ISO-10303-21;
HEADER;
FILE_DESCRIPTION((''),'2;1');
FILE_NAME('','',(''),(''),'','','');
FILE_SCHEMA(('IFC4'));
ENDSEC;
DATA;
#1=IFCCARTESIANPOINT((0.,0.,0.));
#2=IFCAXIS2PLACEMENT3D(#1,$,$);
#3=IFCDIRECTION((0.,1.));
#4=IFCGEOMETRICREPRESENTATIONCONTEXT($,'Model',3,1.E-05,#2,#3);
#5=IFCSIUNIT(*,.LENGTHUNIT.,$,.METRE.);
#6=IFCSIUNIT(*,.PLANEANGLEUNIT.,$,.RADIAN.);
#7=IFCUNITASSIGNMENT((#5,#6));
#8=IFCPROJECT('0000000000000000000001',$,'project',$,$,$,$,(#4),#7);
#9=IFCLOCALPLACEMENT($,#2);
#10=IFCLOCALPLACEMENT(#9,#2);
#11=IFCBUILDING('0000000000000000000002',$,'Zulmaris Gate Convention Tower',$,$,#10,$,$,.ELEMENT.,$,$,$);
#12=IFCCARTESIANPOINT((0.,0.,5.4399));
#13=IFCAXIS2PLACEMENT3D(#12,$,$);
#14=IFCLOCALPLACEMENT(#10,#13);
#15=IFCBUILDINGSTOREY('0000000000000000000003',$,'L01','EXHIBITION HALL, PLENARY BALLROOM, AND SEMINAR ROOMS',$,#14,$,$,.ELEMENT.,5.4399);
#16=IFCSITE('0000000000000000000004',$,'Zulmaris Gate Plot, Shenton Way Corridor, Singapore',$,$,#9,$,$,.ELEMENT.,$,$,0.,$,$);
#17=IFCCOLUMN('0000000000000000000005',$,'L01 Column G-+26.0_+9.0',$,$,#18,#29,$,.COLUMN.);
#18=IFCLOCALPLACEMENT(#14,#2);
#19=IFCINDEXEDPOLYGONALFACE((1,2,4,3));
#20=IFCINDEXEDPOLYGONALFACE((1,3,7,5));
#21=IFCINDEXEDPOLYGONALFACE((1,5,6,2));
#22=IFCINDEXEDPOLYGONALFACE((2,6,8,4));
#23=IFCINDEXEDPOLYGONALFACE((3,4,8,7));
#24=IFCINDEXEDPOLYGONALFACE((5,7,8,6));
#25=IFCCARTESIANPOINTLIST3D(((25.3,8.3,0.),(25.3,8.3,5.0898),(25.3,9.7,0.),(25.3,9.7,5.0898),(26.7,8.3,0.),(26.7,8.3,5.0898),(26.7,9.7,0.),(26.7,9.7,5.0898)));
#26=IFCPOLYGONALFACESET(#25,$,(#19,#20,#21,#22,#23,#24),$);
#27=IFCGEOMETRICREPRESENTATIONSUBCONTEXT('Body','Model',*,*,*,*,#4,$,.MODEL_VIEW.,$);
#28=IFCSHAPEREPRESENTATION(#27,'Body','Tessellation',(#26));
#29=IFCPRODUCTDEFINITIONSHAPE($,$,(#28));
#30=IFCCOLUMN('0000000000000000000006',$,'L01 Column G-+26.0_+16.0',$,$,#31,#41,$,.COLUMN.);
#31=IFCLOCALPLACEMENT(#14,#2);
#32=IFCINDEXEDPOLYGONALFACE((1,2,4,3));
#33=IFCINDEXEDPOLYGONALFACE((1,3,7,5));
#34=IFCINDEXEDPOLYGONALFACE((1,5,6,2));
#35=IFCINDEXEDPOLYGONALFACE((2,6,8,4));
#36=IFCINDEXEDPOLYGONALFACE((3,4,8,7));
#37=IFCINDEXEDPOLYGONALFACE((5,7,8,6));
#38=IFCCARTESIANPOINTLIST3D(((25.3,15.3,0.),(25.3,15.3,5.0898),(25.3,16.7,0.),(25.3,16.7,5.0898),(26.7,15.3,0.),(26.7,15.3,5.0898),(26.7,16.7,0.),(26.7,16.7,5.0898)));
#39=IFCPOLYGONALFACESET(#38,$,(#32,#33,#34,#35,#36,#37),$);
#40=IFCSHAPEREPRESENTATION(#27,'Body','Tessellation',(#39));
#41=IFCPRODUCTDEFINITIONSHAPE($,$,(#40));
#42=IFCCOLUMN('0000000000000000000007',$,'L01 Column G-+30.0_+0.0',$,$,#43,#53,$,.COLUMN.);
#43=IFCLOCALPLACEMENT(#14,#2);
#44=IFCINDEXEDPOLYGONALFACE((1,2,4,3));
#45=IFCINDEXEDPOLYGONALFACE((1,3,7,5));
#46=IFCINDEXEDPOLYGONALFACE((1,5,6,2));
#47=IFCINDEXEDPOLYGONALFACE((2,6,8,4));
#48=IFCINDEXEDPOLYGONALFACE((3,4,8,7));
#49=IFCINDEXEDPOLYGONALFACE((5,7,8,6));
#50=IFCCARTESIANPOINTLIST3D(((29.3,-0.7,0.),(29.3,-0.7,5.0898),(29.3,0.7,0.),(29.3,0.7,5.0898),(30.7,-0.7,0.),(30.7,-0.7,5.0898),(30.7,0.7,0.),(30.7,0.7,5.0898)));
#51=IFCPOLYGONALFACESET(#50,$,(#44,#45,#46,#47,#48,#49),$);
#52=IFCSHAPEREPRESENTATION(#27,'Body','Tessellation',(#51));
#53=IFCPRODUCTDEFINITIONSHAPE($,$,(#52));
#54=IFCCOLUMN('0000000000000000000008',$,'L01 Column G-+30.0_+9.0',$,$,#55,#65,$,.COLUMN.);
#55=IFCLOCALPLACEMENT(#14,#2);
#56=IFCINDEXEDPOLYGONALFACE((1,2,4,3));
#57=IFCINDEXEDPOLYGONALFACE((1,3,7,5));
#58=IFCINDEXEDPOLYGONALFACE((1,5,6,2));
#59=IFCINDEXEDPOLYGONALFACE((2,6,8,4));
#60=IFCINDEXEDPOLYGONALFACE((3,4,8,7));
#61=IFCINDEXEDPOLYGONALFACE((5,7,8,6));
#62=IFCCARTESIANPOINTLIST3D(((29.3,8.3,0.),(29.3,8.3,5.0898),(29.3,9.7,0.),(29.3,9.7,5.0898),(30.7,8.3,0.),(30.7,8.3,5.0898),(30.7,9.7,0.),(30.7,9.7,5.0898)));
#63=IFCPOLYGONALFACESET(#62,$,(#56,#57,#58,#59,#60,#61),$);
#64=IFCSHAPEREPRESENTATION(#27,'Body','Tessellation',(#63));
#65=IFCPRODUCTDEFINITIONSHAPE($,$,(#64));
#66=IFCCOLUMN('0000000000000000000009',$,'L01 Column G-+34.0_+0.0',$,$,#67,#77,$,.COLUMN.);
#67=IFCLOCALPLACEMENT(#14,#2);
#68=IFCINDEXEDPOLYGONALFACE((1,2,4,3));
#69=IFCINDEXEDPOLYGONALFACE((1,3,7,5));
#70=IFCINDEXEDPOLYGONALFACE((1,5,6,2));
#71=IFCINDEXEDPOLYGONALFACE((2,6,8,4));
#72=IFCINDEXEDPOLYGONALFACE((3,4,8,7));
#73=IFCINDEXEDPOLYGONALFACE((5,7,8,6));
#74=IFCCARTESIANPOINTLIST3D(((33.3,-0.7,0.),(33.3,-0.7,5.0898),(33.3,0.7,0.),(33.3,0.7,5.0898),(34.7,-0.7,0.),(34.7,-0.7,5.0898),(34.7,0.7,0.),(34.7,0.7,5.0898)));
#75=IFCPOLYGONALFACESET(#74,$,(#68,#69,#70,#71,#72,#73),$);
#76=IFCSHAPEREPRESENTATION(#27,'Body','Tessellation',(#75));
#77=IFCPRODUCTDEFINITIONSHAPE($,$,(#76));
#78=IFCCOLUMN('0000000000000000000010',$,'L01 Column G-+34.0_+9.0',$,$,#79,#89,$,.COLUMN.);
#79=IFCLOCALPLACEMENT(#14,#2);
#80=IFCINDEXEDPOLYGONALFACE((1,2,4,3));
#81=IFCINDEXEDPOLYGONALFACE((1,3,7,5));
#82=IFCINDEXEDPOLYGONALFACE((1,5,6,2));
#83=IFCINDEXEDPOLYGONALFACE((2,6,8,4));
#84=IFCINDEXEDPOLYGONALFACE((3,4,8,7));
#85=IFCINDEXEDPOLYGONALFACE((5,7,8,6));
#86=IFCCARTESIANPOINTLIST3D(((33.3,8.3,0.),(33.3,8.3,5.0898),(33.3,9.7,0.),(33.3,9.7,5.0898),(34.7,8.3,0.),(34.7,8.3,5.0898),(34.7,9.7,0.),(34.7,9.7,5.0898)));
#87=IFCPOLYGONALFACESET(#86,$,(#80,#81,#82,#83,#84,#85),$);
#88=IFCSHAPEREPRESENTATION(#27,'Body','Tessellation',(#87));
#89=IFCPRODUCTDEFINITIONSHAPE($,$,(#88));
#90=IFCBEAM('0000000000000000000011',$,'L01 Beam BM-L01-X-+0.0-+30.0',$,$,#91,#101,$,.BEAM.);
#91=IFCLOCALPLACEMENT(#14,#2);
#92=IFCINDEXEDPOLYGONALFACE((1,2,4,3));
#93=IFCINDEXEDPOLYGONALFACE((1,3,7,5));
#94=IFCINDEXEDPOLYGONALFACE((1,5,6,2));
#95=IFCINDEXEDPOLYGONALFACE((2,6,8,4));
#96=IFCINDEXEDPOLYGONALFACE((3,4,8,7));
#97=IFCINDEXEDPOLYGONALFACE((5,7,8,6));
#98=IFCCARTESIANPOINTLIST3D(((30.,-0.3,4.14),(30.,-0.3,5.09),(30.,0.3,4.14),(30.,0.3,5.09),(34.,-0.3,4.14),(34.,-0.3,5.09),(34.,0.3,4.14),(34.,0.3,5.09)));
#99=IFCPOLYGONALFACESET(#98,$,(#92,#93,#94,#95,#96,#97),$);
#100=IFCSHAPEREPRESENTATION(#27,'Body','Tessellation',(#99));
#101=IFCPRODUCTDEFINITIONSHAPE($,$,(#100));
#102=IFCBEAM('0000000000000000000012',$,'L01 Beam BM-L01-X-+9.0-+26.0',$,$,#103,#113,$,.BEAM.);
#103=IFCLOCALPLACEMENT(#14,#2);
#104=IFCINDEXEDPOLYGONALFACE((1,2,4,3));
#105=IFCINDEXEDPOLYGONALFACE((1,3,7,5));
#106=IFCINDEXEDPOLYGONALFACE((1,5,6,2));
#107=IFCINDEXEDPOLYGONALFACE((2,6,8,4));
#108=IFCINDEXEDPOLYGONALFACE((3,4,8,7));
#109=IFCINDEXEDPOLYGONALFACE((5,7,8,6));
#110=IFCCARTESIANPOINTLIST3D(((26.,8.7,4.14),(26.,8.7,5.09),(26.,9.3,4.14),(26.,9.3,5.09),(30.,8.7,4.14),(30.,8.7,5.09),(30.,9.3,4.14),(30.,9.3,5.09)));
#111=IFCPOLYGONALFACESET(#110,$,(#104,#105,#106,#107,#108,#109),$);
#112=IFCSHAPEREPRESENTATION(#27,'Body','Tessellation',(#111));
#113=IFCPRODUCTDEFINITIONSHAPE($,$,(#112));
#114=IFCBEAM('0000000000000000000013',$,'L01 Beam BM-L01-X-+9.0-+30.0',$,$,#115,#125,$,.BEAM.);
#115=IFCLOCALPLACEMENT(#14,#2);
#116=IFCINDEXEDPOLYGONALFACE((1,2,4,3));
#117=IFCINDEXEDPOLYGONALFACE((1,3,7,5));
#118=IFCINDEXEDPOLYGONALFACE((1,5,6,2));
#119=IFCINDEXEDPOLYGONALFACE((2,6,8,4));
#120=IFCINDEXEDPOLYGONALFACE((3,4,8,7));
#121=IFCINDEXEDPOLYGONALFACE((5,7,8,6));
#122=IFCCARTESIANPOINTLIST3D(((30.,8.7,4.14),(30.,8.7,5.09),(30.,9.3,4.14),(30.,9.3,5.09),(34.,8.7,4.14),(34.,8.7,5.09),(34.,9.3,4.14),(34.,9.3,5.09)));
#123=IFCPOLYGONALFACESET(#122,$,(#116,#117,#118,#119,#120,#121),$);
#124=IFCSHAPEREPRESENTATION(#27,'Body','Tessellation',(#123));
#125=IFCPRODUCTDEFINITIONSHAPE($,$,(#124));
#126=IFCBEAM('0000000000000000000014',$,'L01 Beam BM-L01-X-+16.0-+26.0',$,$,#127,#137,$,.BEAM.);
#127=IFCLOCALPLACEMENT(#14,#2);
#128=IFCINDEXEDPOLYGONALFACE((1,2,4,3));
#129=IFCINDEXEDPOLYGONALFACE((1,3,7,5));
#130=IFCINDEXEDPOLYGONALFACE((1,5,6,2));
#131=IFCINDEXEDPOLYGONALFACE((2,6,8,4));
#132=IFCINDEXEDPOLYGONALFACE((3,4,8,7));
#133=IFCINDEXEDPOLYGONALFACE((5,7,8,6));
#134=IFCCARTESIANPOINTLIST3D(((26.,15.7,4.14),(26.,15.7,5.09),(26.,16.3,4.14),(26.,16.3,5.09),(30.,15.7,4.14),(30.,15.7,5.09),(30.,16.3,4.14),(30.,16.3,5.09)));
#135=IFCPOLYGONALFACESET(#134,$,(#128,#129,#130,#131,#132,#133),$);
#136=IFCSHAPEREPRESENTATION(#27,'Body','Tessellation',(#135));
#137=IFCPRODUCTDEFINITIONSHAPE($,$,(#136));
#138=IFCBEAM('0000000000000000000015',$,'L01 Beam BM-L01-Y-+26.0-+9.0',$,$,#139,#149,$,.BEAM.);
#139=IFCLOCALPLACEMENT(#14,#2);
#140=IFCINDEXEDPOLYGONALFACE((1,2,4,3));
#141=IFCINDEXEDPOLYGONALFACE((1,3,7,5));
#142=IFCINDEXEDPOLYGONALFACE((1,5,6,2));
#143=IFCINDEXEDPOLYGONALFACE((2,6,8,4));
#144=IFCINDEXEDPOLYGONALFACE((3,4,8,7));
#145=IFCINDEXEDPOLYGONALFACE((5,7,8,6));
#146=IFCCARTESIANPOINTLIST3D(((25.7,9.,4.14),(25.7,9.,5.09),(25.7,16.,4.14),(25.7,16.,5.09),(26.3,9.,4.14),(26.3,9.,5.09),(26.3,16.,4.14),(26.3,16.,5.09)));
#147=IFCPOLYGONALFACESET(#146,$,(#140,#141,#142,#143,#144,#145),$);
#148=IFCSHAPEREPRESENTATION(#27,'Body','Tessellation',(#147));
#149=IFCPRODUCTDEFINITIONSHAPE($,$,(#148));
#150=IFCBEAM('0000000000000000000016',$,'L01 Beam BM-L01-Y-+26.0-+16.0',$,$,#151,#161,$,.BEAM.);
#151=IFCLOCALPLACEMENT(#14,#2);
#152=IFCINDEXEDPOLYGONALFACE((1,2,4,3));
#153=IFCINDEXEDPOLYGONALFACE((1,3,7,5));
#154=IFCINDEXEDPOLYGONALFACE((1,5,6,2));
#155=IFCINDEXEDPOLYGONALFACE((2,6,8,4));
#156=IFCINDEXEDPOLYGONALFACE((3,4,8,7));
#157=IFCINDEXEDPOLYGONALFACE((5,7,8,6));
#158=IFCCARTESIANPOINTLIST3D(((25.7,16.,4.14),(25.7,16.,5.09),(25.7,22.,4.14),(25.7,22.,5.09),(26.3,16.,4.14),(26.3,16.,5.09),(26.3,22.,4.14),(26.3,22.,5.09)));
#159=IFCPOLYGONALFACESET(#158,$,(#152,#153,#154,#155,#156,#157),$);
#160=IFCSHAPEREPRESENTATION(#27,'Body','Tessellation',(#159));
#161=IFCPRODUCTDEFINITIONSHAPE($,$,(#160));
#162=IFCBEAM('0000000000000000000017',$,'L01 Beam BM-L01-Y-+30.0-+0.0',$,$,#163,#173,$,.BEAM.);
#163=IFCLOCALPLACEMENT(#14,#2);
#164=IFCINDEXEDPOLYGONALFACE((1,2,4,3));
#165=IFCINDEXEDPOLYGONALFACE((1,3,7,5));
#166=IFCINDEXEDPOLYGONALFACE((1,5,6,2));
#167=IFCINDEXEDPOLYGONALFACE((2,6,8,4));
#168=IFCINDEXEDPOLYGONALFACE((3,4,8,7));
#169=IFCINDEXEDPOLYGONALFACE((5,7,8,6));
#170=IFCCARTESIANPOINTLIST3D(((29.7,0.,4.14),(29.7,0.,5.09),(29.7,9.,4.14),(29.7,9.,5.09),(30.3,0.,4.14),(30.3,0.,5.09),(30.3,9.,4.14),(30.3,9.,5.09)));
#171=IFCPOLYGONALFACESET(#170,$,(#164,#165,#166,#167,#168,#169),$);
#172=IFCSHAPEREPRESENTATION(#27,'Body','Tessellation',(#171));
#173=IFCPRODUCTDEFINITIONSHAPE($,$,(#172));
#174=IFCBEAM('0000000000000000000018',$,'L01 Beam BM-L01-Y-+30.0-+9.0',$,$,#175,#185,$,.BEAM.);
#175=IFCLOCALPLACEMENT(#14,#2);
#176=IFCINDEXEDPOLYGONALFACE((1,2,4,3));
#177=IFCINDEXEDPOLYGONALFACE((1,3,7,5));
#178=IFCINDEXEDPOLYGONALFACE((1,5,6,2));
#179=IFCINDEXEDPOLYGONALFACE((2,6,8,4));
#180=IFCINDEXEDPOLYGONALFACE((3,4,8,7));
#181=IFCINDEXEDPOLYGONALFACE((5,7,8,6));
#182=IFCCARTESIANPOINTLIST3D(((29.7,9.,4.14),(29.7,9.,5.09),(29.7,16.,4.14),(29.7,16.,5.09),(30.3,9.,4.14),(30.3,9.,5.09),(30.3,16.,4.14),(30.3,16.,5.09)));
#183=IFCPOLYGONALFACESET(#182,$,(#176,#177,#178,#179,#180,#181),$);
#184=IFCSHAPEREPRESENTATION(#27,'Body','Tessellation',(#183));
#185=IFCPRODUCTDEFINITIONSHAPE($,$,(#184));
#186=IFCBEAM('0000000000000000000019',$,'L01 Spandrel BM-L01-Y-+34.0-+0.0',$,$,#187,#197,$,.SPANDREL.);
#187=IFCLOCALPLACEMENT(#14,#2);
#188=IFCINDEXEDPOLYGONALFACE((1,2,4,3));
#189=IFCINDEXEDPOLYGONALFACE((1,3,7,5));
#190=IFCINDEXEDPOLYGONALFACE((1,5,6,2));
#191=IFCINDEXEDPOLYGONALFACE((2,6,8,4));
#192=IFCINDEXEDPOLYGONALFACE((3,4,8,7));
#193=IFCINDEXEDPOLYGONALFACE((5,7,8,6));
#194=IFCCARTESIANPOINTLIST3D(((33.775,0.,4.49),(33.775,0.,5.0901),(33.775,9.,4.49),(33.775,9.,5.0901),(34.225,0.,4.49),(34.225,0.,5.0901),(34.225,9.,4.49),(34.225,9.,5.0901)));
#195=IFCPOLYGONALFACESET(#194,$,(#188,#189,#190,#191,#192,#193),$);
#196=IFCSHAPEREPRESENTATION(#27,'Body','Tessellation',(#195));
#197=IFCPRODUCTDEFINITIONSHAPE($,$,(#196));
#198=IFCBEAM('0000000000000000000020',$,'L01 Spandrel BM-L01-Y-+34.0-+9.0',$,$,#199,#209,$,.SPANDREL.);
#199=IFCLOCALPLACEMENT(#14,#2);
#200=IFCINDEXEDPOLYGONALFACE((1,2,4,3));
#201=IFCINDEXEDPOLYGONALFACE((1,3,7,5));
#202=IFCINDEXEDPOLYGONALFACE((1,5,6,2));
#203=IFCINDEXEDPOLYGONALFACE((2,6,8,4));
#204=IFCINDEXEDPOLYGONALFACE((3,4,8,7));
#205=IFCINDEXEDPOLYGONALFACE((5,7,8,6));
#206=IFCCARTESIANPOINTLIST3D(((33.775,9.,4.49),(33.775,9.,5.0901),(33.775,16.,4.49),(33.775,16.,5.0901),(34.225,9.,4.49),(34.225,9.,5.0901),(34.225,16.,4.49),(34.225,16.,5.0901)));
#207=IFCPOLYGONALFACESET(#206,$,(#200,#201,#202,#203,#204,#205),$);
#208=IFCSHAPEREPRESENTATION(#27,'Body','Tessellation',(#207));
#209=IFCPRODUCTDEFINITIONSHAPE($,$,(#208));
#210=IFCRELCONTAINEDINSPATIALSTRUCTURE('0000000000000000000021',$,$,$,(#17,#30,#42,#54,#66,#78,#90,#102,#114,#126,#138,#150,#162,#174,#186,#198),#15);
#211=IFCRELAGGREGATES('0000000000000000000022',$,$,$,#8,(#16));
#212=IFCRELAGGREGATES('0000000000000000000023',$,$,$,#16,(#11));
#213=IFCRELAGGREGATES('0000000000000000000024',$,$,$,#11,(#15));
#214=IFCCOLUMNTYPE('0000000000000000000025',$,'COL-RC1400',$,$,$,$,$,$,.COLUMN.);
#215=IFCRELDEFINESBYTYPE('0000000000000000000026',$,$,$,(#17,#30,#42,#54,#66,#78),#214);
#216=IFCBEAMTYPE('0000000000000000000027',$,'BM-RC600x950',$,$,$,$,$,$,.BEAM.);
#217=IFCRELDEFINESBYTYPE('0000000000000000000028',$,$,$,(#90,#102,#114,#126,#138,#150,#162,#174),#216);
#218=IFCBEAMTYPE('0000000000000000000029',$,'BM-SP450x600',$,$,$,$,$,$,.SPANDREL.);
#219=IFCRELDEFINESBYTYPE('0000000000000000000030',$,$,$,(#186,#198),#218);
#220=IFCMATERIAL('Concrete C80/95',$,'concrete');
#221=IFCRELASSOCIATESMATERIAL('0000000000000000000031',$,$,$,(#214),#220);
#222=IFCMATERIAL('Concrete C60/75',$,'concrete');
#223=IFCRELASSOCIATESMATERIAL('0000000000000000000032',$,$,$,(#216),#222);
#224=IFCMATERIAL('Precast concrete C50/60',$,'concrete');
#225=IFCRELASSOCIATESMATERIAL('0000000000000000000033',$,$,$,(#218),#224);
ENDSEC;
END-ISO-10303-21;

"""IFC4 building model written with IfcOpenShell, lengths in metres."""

from ifc_helpers import new_model, si_unit, direction, frame, origin, origin_2d, place, context, subcontext, project, spatial, rectangle, extrude, material, material_profile, profile_set, type_object, element, save


model = new_model("IFC4")

# Units and contexts
model_context = context("Model", 3, precision=1e-05, world=origin(), true_north=direction((0.0, 1.0)))
body_context = subcontext(model_context, "Body", "Model", "MODEL_VIEW")
ifc_project = project(units=[si_unit("LENGTHUNIT", "METRE"), si_unit("PLANEANGLEUNIT", "RADIAN")], contexts=[model_context])

# Site, building, storey
site_placement = place(None, origin())
site = spatial("IfcSite", under=ifc_project, at=site_placement, Name="Zulmaris Gate Plot, Shenton Way Corridor, Singapore", CompositionType="ELEMENT", RefElevation=0.0)
building_placement = place(site_placement, origin())
building = spatial("IfcBuilding", under=site, at=building_placement, Name="Zulmaris Gate Convention Tower", CompositionType="ELEMENT")
storey_placement = place(building_placement, frame((0.0, 0.0, 5.4399)))
storey = spatial("IfcBuildingStorey", under=building, at=storey_placement, Name="L01", Description="EXHIBITION HALL, PLENARY BALLROOM, AND SEMINAR ROOMS", CompositionType="ELEMENT", Elevation=5.4399)

# Columns
ifc_material_1 = material(Name="Concrete C80/95", Category="concrete")
ifc_material_profile_1 = material_profile(ifc_material_1, rectangle(XDim=1.3999, YDim=1.3999, at=origin_2d()), Name="RC COL 1400x1400")
ifc_profile_set_1 = profile_set([ifc_material_profile_1], Name="Concrete C80/95")
column_type = type_object("IfcColumnType", Name="COL-RC1400", PredefinedType="COLUMN", material=ifc_profile_set_1)
for number, where, z_axis, x_axis, name in (
    (1, (26.0, 9.0, 0.0), (0.0, 0.0, 1.0), (1.0, 0.0, 0.0), "L01 Column G-+26.0_+9.0"),
    (2, (26.0, 16.0, 0.0), (0.0, 0.0, 1.0), (1.0, 0.0, 0.0), "L01 Column G-+26.0_+16.0"),
    (3, (30.0, 0.0, 0.0), (0.0, 0.0, 1.0), (1.0, 0.0, 0.0), "L01 Column G-+30.0_+0.0"),
    (4, (30.0, 9.0, 0.0), (0.0, 0.0, 1.0), (1.0, 0.0, 0.0), "L01 Column G-+30.0_+9.0"),
    (5, (34.0, 0.0, 0.0), (0.0, 0.0, 1.0), (1.0, 0.0, 0.0), "L01 Column G-+34.0_+0.0"),
    (6, (34.0, 9.0, 0.0), (0.0, 0.0, 1.0), (1.0, 0.0, 0.0), "L01 Column G-+34.0_+9.0"),
):
    element("IfcColumn", number, at=place(storey_placement, frame(where, z_axis=z_axis, x_axis=x_axis)), inside=storey, type_object=column_type, Name=name, PredefinedType="COLUMN", context=body_context, shape_type="SweptSolid", body=[
        extrude(rectangle(XDim=1.3999, YDim=1.3999, at=origin_2d()), origin(), (0.0, 0.0, 1.0), 5.0898),
    ])

# Beams
ifc_material_2 = material(Name="Concrete C60/75", Category="concrete")
ifc_material_profile_2 = material_profile(ifc_material_2, rectangle(XDim=0.6001, YDim=0.95, at=origin_2d()), Name="RC BEAM 600x950")
ifc_profile_set_2 = profile_set([ifc_material_profile_2], Name="Concrete C60/75")
beam_type_1 = type_object("IfcBeamType", Name="BM-RC600x950", PredefinedType="BEAM", material=ifc_profile_set_2)
for number, where, z_axis, x_axis, name in (
    (7, (30.0, 0.0, 4.615), (1.0, 0.0, 0.0), (0.0, 1.0, 0.0), "L01 Beam BM-L01-X-+0.0-+30.0"),
    (8, (26.0, 9.0, 4.615), (1.0, 0.0, 0.0), (0.0, 1.0, 0.0), "L01 Beam BM-L01-X-+9.0-+26.0"),
    (9, (30.0, 9.0, 4.615), (1.0, 0.0, 0.0), (0.0, 1.0, 0.0), "L01 Beam BM-L01-X-+9.0-+30.0"),
    (10, (26.0, 16.0, 4.615), (1.0, 0.0, 0.0), (0.0, 1.0, 0.0), "L01 Beam BM-L01-X-+16.0-+26.0"),
):
    element("IfcBeam", number, at=place(storey_placement, frame(where, z_axis=z_axis, x_axis=x_axis)), inside=storey, type_object=beam_type_1, Name=name, PredefinedType="BEAM", context=body_context, shape_type="SweptSolid", body=[
        extrude(rectangle(XDim=0.6001, YDim=0.95, at=origin_2d()), origin(), (0.0, 0.0, 1.0), 4.0),
    ])
beam_1_placement = place(storey_placement, frame((26.0, 9.0, 4.615), z_axis=(0.0, 1.0, 0.0), x_axis=(-1.0, 0.0, 0.0)))
element("IfcBeam", 11, at=beam_1_placement, inside=storey, type_object=beam_type_1, Name="L01 Beam BM-L01-Y-+26.0-+9.0", PredefinedType="BEAM", context=body_context, shape_type="SweptSolid", body=[
    extrude(rectangle(XDim=0.6001, YDim=0.95, at=origin_2d()), origin(), (0.0, 0.0, 1.0), 7.0),
])
beam_2_placement = place(storey_placement, frame((26.0, 16.0, 4.615), z_axis=(0.0, 1.0, 0.0), x_axis=(-1.0, 0.0, 0.0)))
element("IfcBeam", 12, at=beam_2_placement, inside=storey, type_object=beam_type_1, Name="L01 Beam BM-L01-Y-+26.0-+16.0", PredefinedType="BEAM", context=body_context, shape_type="SweptSolid", body=[
    extrude(rectangle(XDim=0.6001, YDim=0.95, at=origin_2d()), origin(), (0.0, 0.0, 1.0), 6.0),
])
beam_3_placement = place(storey_placement, frame((30.0, 0.0, 4.615), z_axis=(0.0, 1.0, 0.0), x_axis=(-1.0, 0.0, 0.0)))
element("IfcBeam", 13, at=beam_3_placement, inside=storey, type_object=beam_type_1, Name="L01 Beam BM-L01-Y-+30.0-+0.0", PredefinedType="BEAM", context=body_context, shape_type="SweptSolid", body=[
    extrude(rectangle(XDim=0.6001, YDim=0.95, at=origin_2d()), origin(), (0.0, 0.0, 1.0), 9.0),
])
beam_4_placement = place(storey_placement, frame((30.0, 9.0, 4.615), z_axis=(0.0, 1.0, 0.0), x_axis=(-1.0, 0.0, 0.0)))
element("IfcBeam", 14, at=beam_4_placement, inside=storey, type_object=beam_type_1, Name="L01 Beam BM-L01-Y-+30.0-+9.0", PredefinedType="BEAM", context=body_context, shape_type="SweptSolid", body=[
    extrude(rectangle(XDim=0.6001, YDim=0.95, at=origin_2d()), origin(), (0.0, 0.0, 1.0), 7.0),
])
ifc_material_3 = material(Name="Precast concrete C50/60", Category="concrete")
ifc_material_profile_3 = material_profile(ifc_material_3, rectangle(XDim=0.45, YDim=0.6001, at=origin_2d()), Name="RC SPANDREL 450x600")
ifc_profile_set_3 = profile_set([ifc_material_profile_3], Name="Precast concrete C50/60")
beam_type_2 = type_object("IfcBeamType", Name="BM-SP450x600", PredefinedType="SPANDREL", material=ifc_profile_set_3)
beam_5_placement = place(storey_placement, frame((34.0, 0.0, 4.79), z_axis=(0.0, 1.0, 0.0), x_axis=(-1.0, 0.0, 0.0)))
element("IfcBeam", 15, at=beam_5_placement, inside=storey, type_object=beam_type_2, Name="L01 Spandrel BM-L01-Y-+34.0-+0.0", PredefinedType="SPANDREL", context=body_context, shape_type="SweptSolid", body=[
    extrude(rectangle(XDim=0.45, YDim=0.6001, at=origin_2d()), origin(), (0.0, 0.0, 1.0), 9.0),
])
beam_6_placement = place(storey_placement, frame((34.0, 9.0, 4.79), z_axis=(0.0, 1.0, 0.0), x_axis=(-1.0, 0.0, 0.0)))
element("IfcBeam", 16, at=beam_6_placement, inside=storey, type_object=beam_type_2, Name="L01 Spandrel BM-L01-Y-+34.0-+9.0", PredefinedType="SPANDREL", context=body_context, shape_type="SweptSolid", body=[
    extrude(rectangle(XDim=0.45, YDim=0.6001, at=origin_2d()), origin(), (0.0, 0.0, 1.0), 7.0),
])

save(model, "model.ifc")
